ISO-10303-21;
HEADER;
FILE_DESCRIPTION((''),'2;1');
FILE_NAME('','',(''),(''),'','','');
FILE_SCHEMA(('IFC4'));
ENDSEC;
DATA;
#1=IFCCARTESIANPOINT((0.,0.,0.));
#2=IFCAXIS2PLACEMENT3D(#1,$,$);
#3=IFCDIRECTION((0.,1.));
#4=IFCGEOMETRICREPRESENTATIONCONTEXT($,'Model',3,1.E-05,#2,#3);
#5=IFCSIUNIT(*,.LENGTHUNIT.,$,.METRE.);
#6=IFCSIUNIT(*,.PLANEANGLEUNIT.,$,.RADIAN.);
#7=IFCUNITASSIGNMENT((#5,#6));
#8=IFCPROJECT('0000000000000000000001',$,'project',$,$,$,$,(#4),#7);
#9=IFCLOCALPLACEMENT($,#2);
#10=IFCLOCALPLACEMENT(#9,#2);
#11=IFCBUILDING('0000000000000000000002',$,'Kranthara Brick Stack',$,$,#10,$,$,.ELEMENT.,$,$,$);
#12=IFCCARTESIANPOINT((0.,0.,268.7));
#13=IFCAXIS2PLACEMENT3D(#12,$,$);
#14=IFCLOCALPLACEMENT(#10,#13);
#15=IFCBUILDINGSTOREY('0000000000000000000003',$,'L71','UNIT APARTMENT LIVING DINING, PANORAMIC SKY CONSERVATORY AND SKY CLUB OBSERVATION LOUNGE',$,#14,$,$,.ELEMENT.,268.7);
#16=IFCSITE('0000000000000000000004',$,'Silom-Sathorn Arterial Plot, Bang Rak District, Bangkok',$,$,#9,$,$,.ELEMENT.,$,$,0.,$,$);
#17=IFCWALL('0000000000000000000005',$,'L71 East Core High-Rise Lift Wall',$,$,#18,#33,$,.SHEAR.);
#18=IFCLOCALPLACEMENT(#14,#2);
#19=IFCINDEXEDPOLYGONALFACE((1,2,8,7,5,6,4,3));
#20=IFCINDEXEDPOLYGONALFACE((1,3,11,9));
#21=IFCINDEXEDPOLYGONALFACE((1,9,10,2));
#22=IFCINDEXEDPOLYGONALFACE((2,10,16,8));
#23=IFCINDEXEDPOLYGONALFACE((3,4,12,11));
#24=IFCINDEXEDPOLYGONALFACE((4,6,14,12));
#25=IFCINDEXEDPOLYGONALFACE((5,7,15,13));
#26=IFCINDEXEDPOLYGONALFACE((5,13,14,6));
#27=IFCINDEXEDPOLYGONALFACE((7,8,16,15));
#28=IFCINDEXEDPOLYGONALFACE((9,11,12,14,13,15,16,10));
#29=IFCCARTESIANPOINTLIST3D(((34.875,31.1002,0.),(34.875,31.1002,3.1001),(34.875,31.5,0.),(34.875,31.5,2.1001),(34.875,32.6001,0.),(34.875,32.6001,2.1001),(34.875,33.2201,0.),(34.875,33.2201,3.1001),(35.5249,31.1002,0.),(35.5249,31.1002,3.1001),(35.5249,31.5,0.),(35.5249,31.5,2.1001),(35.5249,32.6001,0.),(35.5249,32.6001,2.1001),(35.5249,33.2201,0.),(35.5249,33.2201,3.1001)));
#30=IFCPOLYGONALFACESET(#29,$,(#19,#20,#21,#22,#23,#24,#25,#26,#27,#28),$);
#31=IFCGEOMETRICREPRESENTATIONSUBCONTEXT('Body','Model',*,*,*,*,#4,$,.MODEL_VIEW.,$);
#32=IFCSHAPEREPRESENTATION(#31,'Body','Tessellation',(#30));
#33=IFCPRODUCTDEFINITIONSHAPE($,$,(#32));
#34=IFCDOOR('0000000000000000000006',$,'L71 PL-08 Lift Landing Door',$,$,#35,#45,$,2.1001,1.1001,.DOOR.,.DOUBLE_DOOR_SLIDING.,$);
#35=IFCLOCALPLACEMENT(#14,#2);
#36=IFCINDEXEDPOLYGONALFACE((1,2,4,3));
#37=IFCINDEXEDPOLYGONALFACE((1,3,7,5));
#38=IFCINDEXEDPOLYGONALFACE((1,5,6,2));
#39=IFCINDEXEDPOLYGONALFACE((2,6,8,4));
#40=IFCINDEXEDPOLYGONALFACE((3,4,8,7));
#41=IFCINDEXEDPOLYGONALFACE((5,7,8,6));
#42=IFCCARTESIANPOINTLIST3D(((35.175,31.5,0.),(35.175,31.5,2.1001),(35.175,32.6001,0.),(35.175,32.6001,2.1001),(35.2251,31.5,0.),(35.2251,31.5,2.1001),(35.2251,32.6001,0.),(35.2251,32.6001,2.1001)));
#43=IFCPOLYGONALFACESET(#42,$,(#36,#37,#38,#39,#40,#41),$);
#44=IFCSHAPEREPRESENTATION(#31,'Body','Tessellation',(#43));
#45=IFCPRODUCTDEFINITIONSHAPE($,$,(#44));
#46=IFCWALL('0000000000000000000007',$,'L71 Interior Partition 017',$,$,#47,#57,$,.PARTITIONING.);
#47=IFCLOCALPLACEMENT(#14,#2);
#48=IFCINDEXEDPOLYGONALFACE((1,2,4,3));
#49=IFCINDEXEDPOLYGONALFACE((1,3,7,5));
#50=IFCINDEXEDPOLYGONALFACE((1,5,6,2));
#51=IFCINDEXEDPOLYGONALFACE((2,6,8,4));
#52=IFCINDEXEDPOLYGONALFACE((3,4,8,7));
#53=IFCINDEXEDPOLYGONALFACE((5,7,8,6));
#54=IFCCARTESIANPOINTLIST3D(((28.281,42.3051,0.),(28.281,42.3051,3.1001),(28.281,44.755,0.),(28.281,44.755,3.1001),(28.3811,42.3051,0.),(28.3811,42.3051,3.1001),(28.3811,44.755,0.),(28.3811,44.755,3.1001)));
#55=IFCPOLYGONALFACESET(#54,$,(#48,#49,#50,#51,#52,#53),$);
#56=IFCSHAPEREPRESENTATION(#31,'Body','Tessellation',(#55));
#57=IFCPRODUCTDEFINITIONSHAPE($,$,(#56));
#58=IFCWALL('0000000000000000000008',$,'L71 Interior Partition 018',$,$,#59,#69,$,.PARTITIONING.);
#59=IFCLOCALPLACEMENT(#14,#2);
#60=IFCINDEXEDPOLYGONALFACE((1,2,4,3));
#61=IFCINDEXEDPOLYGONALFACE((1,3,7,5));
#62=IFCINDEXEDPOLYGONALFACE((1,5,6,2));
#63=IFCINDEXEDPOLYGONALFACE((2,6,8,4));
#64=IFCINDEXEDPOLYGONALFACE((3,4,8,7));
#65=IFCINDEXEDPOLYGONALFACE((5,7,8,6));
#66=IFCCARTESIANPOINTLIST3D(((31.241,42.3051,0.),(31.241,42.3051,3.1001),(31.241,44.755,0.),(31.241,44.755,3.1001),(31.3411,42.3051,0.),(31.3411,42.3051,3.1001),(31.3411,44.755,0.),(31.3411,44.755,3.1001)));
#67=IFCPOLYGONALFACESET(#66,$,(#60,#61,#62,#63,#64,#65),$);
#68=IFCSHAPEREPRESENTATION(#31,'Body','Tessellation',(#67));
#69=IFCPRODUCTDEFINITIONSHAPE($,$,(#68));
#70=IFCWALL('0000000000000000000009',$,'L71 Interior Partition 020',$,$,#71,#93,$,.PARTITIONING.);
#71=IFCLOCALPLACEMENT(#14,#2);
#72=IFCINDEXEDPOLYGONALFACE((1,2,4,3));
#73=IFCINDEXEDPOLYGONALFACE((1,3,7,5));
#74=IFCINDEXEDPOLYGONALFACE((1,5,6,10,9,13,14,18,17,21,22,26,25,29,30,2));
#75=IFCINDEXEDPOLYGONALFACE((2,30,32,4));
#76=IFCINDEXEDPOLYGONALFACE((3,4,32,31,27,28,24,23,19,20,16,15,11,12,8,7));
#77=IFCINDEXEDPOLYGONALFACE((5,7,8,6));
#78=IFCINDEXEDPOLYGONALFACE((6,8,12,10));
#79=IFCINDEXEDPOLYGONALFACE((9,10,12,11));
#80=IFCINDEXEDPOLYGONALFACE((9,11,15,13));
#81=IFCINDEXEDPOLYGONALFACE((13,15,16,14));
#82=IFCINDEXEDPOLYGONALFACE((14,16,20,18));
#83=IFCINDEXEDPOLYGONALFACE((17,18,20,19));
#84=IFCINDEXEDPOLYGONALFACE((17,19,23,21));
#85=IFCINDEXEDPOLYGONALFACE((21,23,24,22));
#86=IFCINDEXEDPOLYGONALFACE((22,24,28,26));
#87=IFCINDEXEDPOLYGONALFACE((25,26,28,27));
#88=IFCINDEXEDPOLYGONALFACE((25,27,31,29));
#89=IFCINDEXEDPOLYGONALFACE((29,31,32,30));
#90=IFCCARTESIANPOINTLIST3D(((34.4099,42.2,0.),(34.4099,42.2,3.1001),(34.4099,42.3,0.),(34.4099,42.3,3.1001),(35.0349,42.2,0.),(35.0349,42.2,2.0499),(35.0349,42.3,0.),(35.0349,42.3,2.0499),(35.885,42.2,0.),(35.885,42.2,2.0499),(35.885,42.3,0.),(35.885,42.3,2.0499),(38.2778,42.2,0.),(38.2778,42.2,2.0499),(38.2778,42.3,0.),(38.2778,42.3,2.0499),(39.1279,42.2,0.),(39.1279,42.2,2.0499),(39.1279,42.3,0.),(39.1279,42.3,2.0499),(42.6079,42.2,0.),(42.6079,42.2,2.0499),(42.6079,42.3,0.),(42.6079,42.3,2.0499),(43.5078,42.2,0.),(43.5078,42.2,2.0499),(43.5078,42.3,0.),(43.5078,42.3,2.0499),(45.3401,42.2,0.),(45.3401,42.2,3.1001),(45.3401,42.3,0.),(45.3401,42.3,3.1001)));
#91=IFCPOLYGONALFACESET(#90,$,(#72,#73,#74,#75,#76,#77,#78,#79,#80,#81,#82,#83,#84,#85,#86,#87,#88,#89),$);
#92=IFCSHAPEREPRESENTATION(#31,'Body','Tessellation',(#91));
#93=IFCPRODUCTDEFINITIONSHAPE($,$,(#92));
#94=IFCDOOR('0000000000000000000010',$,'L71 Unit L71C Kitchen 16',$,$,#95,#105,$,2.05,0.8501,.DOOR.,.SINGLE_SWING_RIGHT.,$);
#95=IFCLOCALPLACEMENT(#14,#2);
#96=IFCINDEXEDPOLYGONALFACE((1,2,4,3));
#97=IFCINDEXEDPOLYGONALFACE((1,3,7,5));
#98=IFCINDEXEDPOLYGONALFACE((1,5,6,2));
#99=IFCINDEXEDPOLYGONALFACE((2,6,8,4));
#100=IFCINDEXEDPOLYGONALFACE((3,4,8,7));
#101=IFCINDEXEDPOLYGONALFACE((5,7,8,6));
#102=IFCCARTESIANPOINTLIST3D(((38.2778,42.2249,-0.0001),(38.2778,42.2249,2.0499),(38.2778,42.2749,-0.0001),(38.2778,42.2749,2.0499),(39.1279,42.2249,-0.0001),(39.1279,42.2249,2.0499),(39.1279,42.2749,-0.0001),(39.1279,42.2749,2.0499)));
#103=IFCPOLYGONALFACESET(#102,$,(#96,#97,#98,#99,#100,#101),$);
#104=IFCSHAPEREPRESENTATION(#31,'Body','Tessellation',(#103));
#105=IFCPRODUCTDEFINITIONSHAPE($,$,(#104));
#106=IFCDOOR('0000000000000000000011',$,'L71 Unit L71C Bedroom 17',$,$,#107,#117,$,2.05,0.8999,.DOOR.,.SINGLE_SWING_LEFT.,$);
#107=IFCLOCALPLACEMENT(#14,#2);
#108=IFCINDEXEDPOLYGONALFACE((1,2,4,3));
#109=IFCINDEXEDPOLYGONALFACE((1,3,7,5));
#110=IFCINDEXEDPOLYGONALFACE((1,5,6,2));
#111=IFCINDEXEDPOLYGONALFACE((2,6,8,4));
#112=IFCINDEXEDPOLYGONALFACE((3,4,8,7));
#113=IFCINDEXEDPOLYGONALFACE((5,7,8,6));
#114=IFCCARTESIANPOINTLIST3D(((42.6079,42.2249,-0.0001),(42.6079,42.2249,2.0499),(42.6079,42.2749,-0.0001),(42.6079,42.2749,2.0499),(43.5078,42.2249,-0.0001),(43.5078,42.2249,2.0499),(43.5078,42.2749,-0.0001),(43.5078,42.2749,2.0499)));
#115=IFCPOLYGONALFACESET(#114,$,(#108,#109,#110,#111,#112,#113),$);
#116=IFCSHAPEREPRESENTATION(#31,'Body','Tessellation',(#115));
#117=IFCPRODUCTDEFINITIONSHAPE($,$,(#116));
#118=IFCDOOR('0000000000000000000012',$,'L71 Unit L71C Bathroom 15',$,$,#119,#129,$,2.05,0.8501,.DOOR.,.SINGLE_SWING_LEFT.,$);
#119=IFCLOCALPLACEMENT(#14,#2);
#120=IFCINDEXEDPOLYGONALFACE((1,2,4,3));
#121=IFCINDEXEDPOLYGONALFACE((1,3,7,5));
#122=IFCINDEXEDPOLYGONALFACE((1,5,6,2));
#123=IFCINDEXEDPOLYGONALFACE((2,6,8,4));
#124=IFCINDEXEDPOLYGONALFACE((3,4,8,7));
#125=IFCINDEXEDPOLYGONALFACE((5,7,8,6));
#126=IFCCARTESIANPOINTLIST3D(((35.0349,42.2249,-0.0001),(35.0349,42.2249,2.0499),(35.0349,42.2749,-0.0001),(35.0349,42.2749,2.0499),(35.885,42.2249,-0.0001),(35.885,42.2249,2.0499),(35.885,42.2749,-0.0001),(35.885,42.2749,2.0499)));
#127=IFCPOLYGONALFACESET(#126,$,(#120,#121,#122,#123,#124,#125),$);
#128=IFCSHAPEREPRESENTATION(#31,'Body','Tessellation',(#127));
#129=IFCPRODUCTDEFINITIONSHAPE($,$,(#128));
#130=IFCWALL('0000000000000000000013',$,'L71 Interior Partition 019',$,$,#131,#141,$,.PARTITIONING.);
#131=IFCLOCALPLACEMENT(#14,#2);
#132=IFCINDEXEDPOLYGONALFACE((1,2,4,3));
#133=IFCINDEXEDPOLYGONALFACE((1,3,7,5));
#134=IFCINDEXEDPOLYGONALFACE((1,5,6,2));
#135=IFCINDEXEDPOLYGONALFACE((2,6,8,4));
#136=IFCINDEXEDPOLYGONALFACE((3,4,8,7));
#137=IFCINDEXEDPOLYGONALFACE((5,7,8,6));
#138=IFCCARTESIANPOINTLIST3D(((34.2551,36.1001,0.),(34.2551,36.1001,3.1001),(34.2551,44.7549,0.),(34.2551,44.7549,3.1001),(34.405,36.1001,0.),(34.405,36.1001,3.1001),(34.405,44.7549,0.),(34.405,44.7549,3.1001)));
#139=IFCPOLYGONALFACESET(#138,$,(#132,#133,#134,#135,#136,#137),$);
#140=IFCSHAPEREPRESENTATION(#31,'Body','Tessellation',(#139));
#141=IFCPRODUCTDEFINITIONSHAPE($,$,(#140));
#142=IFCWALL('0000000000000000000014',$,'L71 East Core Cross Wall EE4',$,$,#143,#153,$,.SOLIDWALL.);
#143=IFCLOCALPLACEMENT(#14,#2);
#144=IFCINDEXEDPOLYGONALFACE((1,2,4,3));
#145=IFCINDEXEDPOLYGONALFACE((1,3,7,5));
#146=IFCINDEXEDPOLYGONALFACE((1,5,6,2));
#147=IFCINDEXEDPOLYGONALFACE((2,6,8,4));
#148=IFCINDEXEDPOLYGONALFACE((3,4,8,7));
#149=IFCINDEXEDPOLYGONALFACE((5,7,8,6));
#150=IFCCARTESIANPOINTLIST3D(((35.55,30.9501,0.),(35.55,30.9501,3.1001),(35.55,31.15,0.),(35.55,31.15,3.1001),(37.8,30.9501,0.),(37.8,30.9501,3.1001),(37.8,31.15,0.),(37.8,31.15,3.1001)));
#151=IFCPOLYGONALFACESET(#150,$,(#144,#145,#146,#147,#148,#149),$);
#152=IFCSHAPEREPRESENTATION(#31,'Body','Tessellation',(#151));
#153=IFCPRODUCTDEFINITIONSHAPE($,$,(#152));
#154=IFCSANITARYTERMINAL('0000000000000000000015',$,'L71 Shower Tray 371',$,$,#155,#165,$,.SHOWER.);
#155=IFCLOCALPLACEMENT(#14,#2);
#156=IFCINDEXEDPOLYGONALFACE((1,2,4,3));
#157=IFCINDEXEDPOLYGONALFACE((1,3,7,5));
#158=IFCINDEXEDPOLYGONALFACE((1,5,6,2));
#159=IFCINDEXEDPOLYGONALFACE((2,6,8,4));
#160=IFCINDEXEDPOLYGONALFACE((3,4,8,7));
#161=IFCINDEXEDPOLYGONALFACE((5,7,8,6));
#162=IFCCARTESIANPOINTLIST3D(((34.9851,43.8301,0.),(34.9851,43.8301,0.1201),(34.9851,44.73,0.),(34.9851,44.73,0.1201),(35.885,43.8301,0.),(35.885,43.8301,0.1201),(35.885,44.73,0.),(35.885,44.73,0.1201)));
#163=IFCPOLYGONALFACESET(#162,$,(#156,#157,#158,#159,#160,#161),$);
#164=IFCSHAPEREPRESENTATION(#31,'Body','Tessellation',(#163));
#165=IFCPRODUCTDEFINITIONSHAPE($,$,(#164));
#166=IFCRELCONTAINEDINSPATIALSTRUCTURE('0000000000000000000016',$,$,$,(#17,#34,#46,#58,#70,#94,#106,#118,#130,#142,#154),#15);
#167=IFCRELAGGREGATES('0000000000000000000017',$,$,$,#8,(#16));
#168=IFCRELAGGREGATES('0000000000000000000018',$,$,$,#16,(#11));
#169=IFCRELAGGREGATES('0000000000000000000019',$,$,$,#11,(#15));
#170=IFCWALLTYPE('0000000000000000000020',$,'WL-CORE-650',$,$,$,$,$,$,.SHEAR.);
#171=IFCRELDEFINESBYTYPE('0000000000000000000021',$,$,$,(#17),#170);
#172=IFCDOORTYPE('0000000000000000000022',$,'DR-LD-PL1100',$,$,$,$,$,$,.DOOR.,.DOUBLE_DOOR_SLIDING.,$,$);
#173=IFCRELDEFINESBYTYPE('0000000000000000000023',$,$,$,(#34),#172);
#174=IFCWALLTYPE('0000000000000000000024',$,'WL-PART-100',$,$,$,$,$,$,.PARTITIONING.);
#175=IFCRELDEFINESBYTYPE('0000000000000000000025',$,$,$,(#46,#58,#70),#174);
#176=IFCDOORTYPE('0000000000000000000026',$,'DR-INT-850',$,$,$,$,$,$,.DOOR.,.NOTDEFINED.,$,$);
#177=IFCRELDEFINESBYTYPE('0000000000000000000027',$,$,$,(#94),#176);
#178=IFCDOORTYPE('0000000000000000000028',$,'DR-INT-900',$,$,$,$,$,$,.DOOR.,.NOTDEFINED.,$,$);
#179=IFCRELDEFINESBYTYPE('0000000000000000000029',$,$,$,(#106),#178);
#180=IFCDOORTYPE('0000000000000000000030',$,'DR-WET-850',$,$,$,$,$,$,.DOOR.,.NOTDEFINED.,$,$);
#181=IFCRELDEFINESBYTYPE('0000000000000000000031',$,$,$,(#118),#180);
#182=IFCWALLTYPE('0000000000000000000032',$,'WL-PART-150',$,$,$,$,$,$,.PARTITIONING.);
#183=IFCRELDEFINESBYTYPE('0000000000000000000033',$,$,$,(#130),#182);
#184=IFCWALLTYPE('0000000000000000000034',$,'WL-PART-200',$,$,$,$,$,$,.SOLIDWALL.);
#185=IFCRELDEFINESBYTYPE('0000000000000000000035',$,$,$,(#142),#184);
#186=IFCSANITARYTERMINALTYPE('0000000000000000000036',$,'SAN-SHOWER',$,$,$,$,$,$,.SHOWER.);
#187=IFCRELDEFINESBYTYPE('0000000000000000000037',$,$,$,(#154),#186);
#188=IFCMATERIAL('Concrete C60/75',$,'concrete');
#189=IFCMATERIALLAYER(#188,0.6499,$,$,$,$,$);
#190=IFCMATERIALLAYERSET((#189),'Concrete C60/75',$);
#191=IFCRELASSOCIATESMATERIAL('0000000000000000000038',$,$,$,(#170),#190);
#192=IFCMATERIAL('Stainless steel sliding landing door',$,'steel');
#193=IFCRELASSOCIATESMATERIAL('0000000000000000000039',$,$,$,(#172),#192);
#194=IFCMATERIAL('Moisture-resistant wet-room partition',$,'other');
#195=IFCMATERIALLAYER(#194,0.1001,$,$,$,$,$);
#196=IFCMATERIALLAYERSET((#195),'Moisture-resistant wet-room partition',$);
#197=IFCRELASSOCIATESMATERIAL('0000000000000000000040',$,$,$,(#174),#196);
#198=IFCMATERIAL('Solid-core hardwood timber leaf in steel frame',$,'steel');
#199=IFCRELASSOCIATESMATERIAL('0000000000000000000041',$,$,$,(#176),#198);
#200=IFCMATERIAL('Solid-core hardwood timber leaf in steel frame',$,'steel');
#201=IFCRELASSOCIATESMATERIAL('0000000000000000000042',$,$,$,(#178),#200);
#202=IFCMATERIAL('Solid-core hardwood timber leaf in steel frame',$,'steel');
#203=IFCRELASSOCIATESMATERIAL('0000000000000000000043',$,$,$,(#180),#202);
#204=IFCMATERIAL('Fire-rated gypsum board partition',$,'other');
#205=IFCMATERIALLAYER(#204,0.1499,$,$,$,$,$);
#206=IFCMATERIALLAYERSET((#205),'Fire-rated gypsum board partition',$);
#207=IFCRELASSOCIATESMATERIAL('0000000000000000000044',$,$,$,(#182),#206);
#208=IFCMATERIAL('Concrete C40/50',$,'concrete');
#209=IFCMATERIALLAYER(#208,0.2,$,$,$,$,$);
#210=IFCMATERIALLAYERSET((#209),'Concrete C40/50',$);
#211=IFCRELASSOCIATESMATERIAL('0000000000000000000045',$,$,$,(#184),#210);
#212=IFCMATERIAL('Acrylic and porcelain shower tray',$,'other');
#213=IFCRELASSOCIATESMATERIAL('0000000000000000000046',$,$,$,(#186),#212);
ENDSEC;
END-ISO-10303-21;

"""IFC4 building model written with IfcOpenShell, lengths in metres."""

from ifc_helpers import new_model, si_unit, direction, frame, frame_2d, origin, origin_2d, place, context, subcontext, project, spatial, rectangle, extrude, material, layer, layer_set, type_object, element, fill, save


model = new_model("IFC4")

# Units and contexts
model_context = context("Model", 3, precision=1e-05, world=origin(), true_north=direction((0.0, 1.0)))
body_context = subcontext(model_context, "Body", "Model", "MODEL_VIEW")
ifc_project = project(units=[si_unit("LENGTHUNIT", "METRE"), si_unit("PLANEANGLEUNIT", "RADIAN")], contexts=[model_context])

# Site, building, storey
site_placement = place(None, origin())
site = spatial("IfcSite", under=ifc_project, at=site_placement, Name="Silom-Sathorn Arterial Plot, Bang Rak District, Bangkok", CompositionType="ELEMENT", RefElevation=0.0)
building_placement = place(site_placement, origin())
building = spatial("IfcBuilding", under=site, at=building_placement, Name="Kranthara Brick Stack", CompositionType="ELEMENT")
storey_placement = place(building_placement, frame((0.0, 0.0, 268.7)))
storey = spatial("IfcBuildingStorey", under=building, at=storey_placement, Name="L71", Description="UNIT APARTMENT LIVING DINING, PANORAMIC SKY CONSERVATORY AND SKY CLUB OBSERVATION LOUNGE", CompositionType="ELEMENT", Elevation=268.7)

# Shared definitions
ifc_material_1 = material(Name="Concrete C60/75", Category="concrete")
ifc_layer_1 = layer(ifc_material_1, 0.6499)
ifc_layer_set_1 = layer_set([ifc_layer_1], Name="Concrete C60/75")
wall_type_1 = type_object("IfcWallType", Name="WL-CORE-650", PredefinedType="SHEAR", material=ifc_layer_set_1)

# Wall, opening, door
wall_1_placement = place(storey_placement, frame((35.2, 31.1001, 0.0), z_axis=(0.0, 0.0, 1.0), x_axis=(0.0, 1.0, 0.0)))
wall_1 = element("IfcWall", 1, at=wall_1_placement, inside=storey, type_object=wall_type_1, Name="L71 East Core High-Rise Lift Wall", PredefinedType="SHEAR", context=body_context, shape_type="SweptSolid", body=[
    extrude(rectangle(XDim=2.1199, YDim=0.6499, at=frame_2d((1.0601, 0.0))), origin(), (0.0, 0.0, 1.0), 3.1001),
])
opening_1_placement = place(wall_1_placement, frame((0.3999, 0.0, 0.0)))
opening_1 = element("IfcOpeningElement", 2, at=opening_1_placement, cuts=wall_1, PredefinedType="OPENING", context=body_context, shape_type="SweptSolid", body=[
    extrude(rectangle(XDim=1.1001, YDim=2.1001, at=frame_2d((0.55, 1.05))), frame((0.0, 0.335, 0.0), z_axis=(0.0, -1.0, 0.0), x_axis=(1.0, 0.0, 0.0)), (0.0, 0.0, 1.0), 0.6699),
])
ifc_material_2 = material(Name="Stainless steel sliding landing door", Category="steel")
door_type_1 = type_object("IfcDoorType", Name="DR-LD-PL1100", OperationType="DOUBLE_DOOR_SLIDING", PredefinedType="DOOR", material=ifc_material_2)
door_1_placement = place(opening_1_placement, origin())
door_1 = element("IfcDoor", 3, at=door_1_placement, inside=storey, type_object=door_type_1, Name="L71 PL-08 Lift Landing Door", OperationType="DOUBLE_DOOR_SLIDING", OverallHeight=2.1001, OverallWidth=1.1001, PredefinedType="DOOR", context=body_context, shape_type="SweptSolid", body=[
    extrude(rectangle(XDim=1.1001, YDim=2.1001, at=frame_2d((0.55, 1.05))), frame((0.0, 0.0249, 0.0), z_axis=(0.0, -1.0, 0.0), x_axis=(1.0, 0.0, 0.0)), (0.0, 0.0, 1.0), 0.05),
])
fill(opening_1, door_1)

# Walls
ifc_material_3 = material(Name="Moisture-resistant wet-room partition", Category="other")
ifc_layer_2 = layer(ifc_material_3, 0.1001)
ifc_layer_set_2 = layer_set([ifc_layer_2], Name="Moisture-resistant wet-room partition")
wall_type_2 = type_object("IfcWallType", Name="WL-PART-100", PredefinedType="PARTITIONING", material=ifc_layer_set_2)
for number, where, z_axis, x_axis, name in (
    (4, (28.3311, 42.3049, 0.0), (0.0, 0.0, 1.0), (0.0, 1.0, 0.0), "L71 Interior Partition 017"),
    (5, (31.291, 42.3049, 0.0), (0.0, 0.0, 1.0), (0.0, 1.0, 0.0), "L71 Interior Partition 018"),
):
    element("IfcWall", number, at=place(storey_placement, frame(where, z_axis=z_axis, x_axis=x_axis)), inside=storey, type_object=wall_type_2, Name=name, PredefinedType="PARTITIONING", context=body_context, shape_type="SweptSolid", body=[
        extrude(rectangle(XDim=2.45, YDim=0.1001, at=frame_2d((1.2251, 0.0))), origin(), (0.0, 0.0, 1.0), 3.1001),
    ])

# Wall, openings, doors
wall_2_placement = place(storey_placement, frame((34.4099, 42.25, 0.0), z_axis=(0.0, 0.0, 1.0), x_axis=(1.0, 0.0, 0.0)))
wall_2 = element("IfcWall", 6, at=wall_2_placement, inside=storey, type_object=wall_type_2, Name="L71 Interior Partition 020", PredefinedType="PARTITIONING", context=body_context, shape_type="SweptSolid", body=[
    extrude(rectangle(XDim=10.9302, YDim=0.1001, at=frame_2d((5.4651, 0.0))), origin(), (0.0, 0.0, 1.0), 3.1001),
])
opening_2_placement = place(wall_2_placement, frame((0.625, 0.0, 0.0)))
opening_2 = element("IfcOpeningElement", 7, at=opening_2_placement, cuts=wall_2, PredefinedType="OPENING", context=body_context, shape_type="SweptSolid", body=[
    extrude(rectangle(XDim=0.8501, YDim=2.05, at=frame_2d((0.425, 1.0249))), frame((0.0, 0.0601, 0.0), z_axis=(0.0, -1.0, 0.0), x_axis=(1.0, 0.0, 0.0)), (0.0, 0.0, 1.0), 0.1201),
])
opening_3_placement = place(wall_2_placement, frame((3.8679, 0.0, 0.0)))
opening_3 = element("IfcOpeningElement", 8, at=opening_3_placement, cuts=wall_2, PredefinedType="OPENING", context=body_context, shape_type="SweptSolid", body=[
    extrude(rectangle(XDim=0.8501, YDim=2.05, at=frame_2d((0.425, 1.0249))), frame((0.0, 0.0601, 0.0), z_axis=(0.0, -1.0, 0.0), x_axis=(1.0, 0.0, 0.0)), (0.0, 0.0, 1.0), 0.1201),
])
opening_4_placement = place(wall_2_placement, frame((8.198, 0.0, 0.0)))
opening_4 = element("IfcOpeningElement", 9, at=opening_4_placement, cuts=wall_2, PredefinedType="OPENING", context=body_context, shape_type="SweptSolid", body=[
    extrude(rectangle(XDim=0.8999, YDim=2.05, at=frame_2d((0.45, 1.0249))), frame((0.0, 0.0601, 0.0), z_axis=(0.0, -1.0, 0.0), x_axis=(1.0, 0.0, 0.0)), (0.0, 0.0, 1.0), 0.1201),
])
ifc_material_4 = material(Name="Solid-core hardwood timber leaf in steel frame", Category="steel")
door_type_2 = type_object("IfcDoorType", Name="DR-INT-850", OperationType="NOTDEFINED", PredefinedType="DOOR", material=ifc_material_4)
door_2_placement = place(opening_3_placement, origin())
door_2 = element("IfcDoor", 10, at=door_2_placement, inside=storey, type_object=door_type_2, Name="L71 Unit L71C Kitchen 16", OperationType="SINGLE_SWING_RIGHT", OverallHeight=2.05, OverallWidth=0.8501, PredefinedType="DOOR", context=body_context, shape_type="SweptSolid", body=[
    extrude(rectangle(XDim=0.8501, YDim=2.05, at=frame_2d((0.425, 1.0249))), frame((0.0, 0.0249, 0.0), z_axis=(0.0, -1.0, 0.0), x_axis=(1.0, 0.0, 0.0)), (0.0, 0.0, 1.0), 0.05),
])
fill(opening_3, door_2)
ifc_material_5 = material(Name="Solid-core hardwood timber leaf in steel frame", Category="steel")
door_type_3 = type_object("IfcDoorType", Name="DR-INT-900", OperationType="NOTDEFINED", PredefinedType="DOOR", material=ifc_material_5)
door_3_placement = place(opening_4_placement, origin())
door_3 = element("IfcDoor", 11, at=door_3_placement, inside=storey, type_object=door_type_3, Name="L71 Unit L71C Bedroom 17", OperationType="SINGLE_SWING_LEFT", OverallHeight=2.05, OverallWidth=0.8999, PredefinedType="DOOR", context=body_context, shape_type="SweptSolid", body=[
    extrude(rectangle(XDim=0.8999, YDim=2.05, at=frame_2d((0.45, 1.0249))), frame((0.0, 0.0249, 0.0), z_axis=(0.0, -1.0, 0.0), x_axis=(1.0, 0.0, 0.0)), (0.0, 0.0, 1.0), 0.05),
])
fill(opening_4, door_3)
ifc_material_6 = material(Name="Solid-core hardwood timber leaf in steel frame", Category="steel")
door_type_4 = type_object("IfcDoorType", Name="DR-WET-850", OperationType="NOTDEFINED", PredefinedType="DOOR", material=ifc_material_6)
door_4_placement = place(opening_2_placement, origin())
door_4 = element("IfcDoor", 12, at=door_4_placement, inside=storey, type_object=door_type_4, Name="L71 Unit L71C Bathroom 15", OperationType="SINGLE_SWING_LEFT", OverallHeight=2.05, OverallWidth=0.8501, PredefinedType="DOOR", context=body_context, shape_type="SweptSolid", body=[
    extrude(rectangle(XDim=0.8501, YDim=2.05, at=frame_2d((0.425, 1.0249))), frame((0.0, 0.0249, 0.0), z_axis=(0.0, -1.0, 0.0), x_axis=(1.0, 0.0, 0.0)), (0.0, 0.0, 1.0), 0.05),
])
fill(opening_2, door_4)

# Walls
ifc_material_7 = material(Name="Fire-rated gypsum board partition", Category="other")
ifc_layer_3 = layer(ifc_material_7, 0.1499)
ifc_layer_set_3 = layer_set([ifc_layer_3], Name="Fire-rated gypsum board partition")
wall_type_3 = type_object("IfcWallType", Name="WL-PART-150", PredefinedType="PARTITIONING", material=ifc_layer_set_3)
wall_3_placement = place(storey_placement, frame((34.3301, 36.1001, 0.0), z_axis=(0.0, 0.0, 1.0), x_axis=(0.0, 1.0, 0.0)))
element("IfcWall", 13, at=wall_3_placement, inside=storey, type_object=wall_type_3, Name="L71 Interior Partition 019", PredefinedType="PARTITIONING", context=body_context, shape_type="SweptSolid", body=[
    extrude(rectangle(XDim=8.6548, YDim=0.1499, at=frame_2d((4.3274, 0.0))), origin(), (0.0, 0.0, 1.0), 3.1001),
])
ifc_material_8 = material(Name="Concrete C40/50", Category="concrete")
ifc_layer_4 = layer(ifc_material_8, 0.2)
ifc_layer_set_4 = layer_set([ifc_layer_4], Name="Concrete C40/50")
wall_type_4 = type_object("IfcWallType", Name="WL-PART-200", PredefinedType="SOLIDWALL", material=ifc_layer_set_4)
wall_4_placement = place(storey_placement, frame((35.55, 31.05, 0.0), z_axis=(0.0, 0.0, 1.0), x_axis=(1.0, 0.0, 0.0)))
element("IfcWall", 14, at=wall_4_placement, inside=storey, type_object=wall_type_4, Name="L71 East Core Cross Wall EE4", PredefinedType="SOLIDWALL", context=body_context, shape_type="SweptSolid", body=[
    extrude(rectangle(XDim=2.25, YDim=0.2, at=frame_2d((1.125, 0.0))), origin(), (0.0, 0.0, 1.0), 3.1001),
])

# Sanitary terminal
ifc_material_9 = material(Name="Acrylic and porcelain shower tray", Category="other")
sanitary_terminal_type_1 = type_object("IfcSanitaryTerminalType", Name="SAN-SHOWER", PredefinedType="SHOWER", material=ifc_material_9)
sanitary_terminal_1_placement = place(storey_placement, frame((35.4351, 44.28, 0.0), z_axis=(0.0, 0.0, 1.0), x_axis=(1.0, 0.0, 0.0)))
element("IfcSanitaryTerminal", 15, at=sanitary_terminal_1_placement, inside=storey, type_object=sanitary_terminal_type_1, Name="L71 Shower Tray 371", PredefinedType="SHOWER", context=body_context, shape_type="SweptSolid", body=[
    extrude(rectangle(XDim=0.8999, YDim=0.8999, at=origin_2d()), origin(), (0.0, 0.0, 1.0), 0.1201),
])

save(model, "model.ifc")
